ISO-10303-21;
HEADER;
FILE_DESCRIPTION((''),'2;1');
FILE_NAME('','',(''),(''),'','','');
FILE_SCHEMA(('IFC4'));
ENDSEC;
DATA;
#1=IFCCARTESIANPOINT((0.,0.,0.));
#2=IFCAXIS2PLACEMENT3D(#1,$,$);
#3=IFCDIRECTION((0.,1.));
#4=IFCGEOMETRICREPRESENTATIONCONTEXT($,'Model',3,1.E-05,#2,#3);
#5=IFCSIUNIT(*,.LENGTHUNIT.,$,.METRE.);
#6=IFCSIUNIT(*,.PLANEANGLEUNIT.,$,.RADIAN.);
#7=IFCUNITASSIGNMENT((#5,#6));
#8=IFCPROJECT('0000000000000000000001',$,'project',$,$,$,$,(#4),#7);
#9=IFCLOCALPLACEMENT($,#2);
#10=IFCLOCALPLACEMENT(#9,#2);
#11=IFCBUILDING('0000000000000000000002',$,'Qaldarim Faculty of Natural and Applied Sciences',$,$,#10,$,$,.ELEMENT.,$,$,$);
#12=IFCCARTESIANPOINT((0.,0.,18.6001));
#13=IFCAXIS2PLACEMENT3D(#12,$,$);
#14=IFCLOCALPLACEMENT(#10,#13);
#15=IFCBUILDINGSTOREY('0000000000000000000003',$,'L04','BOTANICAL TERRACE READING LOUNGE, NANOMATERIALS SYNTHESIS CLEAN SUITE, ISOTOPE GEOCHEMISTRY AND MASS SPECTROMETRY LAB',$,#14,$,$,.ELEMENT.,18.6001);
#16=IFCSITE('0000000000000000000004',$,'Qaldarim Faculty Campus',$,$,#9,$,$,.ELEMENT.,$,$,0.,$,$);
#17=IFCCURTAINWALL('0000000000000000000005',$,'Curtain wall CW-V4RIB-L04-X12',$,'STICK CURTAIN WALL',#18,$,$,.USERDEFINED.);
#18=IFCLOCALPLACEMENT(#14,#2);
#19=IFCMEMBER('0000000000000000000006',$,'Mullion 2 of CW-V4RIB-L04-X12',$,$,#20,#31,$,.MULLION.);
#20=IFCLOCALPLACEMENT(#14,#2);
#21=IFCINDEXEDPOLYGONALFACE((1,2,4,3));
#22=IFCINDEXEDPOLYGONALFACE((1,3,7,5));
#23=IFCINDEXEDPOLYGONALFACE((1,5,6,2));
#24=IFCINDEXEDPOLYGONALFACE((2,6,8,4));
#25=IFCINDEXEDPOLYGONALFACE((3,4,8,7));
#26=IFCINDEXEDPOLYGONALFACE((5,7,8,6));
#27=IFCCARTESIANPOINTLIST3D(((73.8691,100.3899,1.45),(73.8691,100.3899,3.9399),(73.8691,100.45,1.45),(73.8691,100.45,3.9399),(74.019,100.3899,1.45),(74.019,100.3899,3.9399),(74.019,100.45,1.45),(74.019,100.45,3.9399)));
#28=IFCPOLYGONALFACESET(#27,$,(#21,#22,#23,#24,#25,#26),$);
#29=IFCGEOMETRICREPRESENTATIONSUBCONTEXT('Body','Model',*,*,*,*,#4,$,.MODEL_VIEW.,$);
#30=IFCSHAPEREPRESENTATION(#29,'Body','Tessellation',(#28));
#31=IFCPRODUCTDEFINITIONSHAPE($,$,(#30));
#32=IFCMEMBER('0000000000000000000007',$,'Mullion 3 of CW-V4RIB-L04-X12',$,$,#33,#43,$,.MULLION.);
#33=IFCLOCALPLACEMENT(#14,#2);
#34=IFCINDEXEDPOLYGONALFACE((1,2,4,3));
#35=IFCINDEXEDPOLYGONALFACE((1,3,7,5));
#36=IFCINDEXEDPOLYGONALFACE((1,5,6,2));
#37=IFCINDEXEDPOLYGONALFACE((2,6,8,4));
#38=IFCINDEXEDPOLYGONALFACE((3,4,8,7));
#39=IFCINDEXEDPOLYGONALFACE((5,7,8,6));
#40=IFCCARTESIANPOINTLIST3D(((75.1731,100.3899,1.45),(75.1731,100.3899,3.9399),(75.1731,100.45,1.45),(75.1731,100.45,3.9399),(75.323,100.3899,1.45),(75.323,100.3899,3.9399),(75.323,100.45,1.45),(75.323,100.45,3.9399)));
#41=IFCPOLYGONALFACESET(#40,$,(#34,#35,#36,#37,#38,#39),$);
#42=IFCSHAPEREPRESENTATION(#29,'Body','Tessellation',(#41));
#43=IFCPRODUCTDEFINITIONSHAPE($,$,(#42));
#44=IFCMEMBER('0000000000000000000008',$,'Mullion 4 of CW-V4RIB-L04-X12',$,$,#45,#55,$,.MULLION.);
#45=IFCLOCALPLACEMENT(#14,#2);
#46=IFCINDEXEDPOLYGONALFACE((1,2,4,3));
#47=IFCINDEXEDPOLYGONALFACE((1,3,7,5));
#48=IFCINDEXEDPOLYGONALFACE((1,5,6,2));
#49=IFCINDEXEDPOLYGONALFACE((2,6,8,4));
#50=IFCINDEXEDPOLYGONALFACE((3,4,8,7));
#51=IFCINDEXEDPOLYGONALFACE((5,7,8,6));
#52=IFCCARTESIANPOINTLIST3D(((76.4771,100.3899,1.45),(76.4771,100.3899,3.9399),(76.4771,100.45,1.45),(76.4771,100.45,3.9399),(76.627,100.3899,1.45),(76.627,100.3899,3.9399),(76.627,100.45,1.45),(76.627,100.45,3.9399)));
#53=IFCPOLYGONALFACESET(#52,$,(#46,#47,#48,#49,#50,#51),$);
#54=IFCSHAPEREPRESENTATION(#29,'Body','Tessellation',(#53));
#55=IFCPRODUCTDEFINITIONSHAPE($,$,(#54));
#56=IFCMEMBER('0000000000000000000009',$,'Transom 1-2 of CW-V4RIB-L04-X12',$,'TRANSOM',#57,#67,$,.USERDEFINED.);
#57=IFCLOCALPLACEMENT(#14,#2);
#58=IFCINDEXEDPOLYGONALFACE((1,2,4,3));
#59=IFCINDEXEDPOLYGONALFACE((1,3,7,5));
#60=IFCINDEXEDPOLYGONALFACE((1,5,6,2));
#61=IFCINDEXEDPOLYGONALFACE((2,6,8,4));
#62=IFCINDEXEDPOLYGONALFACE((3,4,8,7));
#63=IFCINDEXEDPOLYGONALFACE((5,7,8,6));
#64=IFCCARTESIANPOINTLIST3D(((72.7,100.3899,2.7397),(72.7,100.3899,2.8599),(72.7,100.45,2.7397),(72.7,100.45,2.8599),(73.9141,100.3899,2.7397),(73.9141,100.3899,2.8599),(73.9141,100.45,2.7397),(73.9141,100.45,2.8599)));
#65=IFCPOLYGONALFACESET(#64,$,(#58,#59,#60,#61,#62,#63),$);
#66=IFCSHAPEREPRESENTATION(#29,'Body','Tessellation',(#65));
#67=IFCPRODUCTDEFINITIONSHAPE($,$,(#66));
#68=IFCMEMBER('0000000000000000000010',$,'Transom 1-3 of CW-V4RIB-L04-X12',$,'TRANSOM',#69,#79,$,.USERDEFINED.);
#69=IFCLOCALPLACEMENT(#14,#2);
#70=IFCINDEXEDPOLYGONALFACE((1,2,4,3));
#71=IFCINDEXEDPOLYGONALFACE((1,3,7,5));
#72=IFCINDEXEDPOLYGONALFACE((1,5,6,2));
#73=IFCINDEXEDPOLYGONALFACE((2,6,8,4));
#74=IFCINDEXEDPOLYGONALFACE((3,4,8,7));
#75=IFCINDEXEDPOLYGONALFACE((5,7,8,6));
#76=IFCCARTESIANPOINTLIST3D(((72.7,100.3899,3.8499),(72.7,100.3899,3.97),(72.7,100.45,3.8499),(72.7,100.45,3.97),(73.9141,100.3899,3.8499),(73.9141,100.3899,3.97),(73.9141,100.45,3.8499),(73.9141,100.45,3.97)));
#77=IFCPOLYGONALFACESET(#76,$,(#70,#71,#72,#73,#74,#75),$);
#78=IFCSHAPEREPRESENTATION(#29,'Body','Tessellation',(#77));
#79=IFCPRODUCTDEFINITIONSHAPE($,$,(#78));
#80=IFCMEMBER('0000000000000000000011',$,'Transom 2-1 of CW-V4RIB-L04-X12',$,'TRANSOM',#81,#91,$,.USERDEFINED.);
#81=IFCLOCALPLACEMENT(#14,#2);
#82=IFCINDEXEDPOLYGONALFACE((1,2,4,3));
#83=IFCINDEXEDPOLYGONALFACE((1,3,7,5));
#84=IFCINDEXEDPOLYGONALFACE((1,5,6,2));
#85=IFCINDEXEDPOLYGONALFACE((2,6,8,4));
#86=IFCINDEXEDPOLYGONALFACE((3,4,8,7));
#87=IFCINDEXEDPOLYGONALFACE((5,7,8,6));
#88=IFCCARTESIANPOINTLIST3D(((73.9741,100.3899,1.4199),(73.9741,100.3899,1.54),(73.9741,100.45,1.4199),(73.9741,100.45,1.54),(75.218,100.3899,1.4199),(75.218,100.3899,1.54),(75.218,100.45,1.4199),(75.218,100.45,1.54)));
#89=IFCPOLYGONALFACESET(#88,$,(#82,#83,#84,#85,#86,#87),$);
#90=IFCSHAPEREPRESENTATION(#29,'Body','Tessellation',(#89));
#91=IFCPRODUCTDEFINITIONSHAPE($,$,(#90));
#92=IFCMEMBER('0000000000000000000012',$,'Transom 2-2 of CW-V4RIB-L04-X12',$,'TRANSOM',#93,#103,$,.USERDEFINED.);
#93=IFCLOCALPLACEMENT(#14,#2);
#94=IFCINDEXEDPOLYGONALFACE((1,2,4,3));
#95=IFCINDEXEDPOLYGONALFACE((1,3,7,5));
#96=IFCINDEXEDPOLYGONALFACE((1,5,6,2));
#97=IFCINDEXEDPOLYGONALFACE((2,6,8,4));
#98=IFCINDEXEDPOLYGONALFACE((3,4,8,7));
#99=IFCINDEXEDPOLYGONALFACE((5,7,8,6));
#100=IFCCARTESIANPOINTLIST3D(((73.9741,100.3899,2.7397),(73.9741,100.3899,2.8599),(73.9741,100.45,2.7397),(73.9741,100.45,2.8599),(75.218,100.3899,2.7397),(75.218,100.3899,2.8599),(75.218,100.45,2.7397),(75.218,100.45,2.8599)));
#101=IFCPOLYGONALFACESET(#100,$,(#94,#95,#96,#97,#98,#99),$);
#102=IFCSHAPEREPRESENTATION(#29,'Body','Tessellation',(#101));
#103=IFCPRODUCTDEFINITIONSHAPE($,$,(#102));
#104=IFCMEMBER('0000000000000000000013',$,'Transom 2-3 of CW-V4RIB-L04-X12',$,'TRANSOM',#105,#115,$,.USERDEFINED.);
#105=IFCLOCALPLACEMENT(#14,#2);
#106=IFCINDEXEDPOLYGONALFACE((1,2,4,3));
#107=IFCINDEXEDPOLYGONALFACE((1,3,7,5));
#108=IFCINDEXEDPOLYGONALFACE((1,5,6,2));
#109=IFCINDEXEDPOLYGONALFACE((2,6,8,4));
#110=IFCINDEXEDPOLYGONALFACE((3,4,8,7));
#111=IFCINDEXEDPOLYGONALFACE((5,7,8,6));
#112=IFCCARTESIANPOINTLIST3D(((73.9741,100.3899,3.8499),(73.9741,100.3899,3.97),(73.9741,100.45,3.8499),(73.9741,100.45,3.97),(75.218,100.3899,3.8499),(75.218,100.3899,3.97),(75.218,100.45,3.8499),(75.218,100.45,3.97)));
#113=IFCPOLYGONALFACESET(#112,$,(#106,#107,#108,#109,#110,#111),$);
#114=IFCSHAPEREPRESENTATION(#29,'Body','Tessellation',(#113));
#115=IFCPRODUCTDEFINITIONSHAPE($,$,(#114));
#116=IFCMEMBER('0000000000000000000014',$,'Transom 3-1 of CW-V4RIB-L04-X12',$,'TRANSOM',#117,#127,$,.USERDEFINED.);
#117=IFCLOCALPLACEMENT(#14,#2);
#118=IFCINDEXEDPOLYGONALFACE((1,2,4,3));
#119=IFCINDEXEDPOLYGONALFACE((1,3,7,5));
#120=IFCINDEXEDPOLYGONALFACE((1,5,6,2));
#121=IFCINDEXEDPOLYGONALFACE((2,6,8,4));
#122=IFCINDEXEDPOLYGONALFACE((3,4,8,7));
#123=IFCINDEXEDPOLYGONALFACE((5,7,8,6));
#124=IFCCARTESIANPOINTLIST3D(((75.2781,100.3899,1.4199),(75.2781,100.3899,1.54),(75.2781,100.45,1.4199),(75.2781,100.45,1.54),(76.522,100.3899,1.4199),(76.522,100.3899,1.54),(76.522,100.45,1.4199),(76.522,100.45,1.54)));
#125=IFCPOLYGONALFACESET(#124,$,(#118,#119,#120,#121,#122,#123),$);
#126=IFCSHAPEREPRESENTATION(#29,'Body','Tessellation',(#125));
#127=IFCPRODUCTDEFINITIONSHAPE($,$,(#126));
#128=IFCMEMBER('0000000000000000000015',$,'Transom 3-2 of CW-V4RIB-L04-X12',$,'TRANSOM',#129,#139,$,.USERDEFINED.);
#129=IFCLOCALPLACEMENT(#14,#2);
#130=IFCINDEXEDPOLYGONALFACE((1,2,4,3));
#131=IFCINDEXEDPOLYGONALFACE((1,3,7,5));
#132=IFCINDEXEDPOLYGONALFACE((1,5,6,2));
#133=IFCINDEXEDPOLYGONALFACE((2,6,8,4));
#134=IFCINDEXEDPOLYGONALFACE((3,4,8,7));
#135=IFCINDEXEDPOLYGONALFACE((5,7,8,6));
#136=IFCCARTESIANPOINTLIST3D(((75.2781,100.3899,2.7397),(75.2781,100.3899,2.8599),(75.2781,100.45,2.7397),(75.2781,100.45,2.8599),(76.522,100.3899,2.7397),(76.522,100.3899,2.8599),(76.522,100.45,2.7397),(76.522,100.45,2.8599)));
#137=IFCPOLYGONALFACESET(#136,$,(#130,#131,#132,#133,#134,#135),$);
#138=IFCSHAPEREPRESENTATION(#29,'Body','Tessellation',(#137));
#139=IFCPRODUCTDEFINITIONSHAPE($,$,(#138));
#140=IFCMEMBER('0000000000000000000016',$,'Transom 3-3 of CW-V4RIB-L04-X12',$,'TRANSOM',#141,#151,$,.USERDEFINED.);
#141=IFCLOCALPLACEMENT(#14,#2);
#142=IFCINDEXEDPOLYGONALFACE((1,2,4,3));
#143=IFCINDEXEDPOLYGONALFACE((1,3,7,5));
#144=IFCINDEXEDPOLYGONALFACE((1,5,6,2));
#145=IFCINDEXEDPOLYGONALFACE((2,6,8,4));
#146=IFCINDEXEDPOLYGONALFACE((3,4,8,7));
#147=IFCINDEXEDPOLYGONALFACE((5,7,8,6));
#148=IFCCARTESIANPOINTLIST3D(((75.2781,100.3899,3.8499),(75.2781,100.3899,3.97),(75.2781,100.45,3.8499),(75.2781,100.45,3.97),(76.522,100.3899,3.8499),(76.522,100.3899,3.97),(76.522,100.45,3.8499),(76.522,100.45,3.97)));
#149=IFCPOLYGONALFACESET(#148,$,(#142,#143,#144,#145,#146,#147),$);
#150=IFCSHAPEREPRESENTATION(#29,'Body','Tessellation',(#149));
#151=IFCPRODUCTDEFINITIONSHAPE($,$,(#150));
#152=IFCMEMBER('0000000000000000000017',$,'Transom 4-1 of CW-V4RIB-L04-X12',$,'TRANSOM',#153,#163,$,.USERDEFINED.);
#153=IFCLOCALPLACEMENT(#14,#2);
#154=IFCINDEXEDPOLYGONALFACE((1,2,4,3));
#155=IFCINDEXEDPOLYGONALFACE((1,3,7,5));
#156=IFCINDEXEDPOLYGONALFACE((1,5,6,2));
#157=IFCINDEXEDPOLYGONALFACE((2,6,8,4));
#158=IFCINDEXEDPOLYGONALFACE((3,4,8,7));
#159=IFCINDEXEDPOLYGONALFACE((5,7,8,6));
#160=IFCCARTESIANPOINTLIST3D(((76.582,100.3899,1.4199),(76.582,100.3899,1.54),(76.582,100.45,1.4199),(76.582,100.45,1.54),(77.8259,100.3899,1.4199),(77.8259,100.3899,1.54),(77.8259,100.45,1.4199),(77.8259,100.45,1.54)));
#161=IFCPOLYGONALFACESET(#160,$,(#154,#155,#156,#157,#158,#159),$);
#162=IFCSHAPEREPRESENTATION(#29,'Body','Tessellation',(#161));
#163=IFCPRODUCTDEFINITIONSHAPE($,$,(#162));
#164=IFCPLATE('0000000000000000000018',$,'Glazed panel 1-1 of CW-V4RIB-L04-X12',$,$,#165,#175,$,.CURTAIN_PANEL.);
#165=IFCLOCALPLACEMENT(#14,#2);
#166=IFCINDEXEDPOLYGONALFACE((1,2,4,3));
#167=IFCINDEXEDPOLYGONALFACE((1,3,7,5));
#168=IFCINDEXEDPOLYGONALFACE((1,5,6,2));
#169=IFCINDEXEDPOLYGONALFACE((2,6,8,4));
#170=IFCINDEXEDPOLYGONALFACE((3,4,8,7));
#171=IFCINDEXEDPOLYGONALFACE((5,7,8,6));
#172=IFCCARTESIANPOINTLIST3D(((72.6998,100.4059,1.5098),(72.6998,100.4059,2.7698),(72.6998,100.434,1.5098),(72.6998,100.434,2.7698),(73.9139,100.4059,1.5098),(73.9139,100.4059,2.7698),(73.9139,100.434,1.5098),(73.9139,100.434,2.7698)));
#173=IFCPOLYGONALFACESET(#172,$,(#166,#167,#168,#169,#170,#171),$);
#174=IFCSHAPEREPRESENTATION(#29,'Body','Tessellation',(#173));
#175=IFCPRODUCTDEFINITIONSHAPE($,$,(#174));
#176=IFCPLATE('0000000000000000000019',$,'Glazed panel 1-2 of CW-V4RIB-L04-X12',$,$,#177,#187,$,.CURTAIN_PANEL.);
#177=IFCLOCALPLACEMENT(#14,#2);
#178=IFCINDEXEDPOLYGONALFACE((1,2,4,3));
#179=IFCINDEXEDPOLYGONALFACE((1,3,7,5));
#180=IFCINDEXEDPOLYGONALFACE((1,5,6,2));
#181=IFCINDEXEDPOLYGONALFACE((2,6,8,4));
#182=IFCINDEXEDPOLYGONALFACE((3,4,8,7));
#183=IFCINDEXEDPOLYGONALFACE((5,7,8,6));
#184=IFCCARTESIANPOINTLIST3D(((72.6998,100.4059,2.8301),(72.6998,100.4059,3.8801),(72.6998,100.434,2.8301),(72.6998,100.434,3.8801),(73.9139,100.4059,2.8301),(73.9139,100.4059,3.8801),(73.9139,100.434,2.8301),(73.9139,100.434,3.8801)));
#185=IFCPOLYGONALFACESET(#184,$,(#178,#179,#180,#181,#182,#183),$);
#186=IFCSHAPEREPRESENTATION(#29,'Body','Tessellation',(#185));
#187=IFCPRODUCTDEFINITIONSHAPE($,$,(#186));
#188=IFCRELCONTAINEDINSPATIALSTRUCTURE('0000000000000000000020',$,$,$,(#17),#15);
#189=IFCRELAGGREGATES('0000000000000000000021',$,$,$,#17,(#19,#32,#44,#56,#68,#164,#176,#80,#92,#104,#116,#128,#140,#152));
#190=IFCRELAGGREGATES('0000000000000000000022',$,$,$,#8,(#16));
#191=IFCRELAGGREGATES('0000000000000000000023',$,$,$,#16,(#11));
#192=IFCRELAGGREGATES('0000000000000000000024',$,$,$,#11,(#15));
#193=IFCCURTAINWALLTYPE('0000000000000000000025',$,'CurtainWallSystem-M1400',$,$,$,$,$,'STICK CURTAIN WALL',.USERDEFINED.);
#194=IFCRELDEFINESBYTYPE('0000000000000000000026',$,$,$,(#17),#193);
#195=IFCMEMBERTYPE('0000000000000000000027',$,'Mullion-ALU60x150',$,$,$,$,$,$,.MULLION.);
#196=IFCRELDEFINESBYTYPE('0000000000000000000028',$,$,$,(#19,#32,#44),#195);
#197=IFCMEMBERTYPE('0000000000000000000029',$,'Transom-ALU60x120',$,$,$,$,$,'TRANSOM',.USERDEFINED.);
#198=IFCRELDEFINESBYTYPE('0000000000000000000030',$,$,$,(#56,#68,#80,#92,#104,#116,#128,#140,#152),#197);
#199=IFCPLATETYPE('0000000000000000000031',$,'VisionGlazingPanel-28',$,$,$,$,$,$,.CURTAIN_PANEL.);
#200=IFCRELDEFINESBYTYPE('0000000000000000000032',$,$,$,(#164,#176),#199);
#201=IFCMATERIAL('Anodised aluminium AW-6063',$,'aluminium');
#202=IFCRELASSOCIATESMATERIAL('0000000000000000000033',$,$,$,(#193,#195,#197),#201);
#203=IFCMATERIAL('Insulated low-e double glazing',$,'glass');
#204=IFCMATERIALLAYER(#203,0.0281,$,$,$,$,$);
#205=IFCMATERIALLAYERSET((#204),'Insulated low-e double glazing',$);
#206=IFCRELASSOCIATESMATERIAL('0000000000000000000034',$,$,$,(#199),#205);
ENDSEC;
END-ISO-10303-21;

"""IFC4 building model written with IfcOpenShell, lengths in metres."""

from ifc_helpers import new_model, si_unit, direction, frame, origin, origin_2d, place, context, subcontext, project, spatial, rectangle, extrude, material, layer, layer_set, material_profile, profile_set, type_object, element, aggregate, save


model = new_model("IFC4")

# Units and contexts
model_context = context("Model", 3, precision=1e-05, world=origin(), true_north=direction((0.0, 1.0)))
body_context = subcontext(model_context, "Body", "Model", "MODEL_VIEW")
ifc_project = project(units=[si_unit("LENGTHUNIT", "METRE"), si_unit("PLANEANGLEUNIT", "RADIAN")], contexts=[model_context])

# Site, building, storey
site_placement = place(None, origin())
site = spatial("IfcSite", under=ifc_project, at=site_placement, Name="Qaldarim Faculty Campus", CompositionType="ELEMENT", RefElevation=0.0)
building_placement = place(site_placement, origin())
building = spatial("IfcBuilding", under=site, at=building_placement, Name="Qaldarim Faculty of Natural and Applied Sciences", CompositionType="ELEMENT")
storey_placement = place(building_placement, frame((0.0, 0.0, 18.6001)))
storey = spatial("IfcBuildingStorey", under=building, at=storey_placement, Name="L04", Description="BOTANICAL TERRACE READING LOUNGE, NANOMATERIALS SYNTHESIS CLEAN SUITE, ISOTOPE GEOCHEMISTRY AND MASS SPECTROMETRY LAB", CompositionType="ELEMENT", Elevation=18.6001)

# Curtain wall, members, plates
ifc_material_1 = material(Name="Anodised aluminium AW-6063", Category="aluminium")
curtain_wall_type = type_object("IfcCurtainWallType", Name="CurtainWallSystem-M1400", ElementType="STICK CURTAIN WALL", PredefinedType="USERDEFINED", material=ifc_material_1)
curtain_wall_placement = place(storey_placement, origin())
curtain_wall = element("IfcCurtainWall", 1, at=curtain_wall_placement, inside=storey, type_object=curtain_wall_type, Name="Curtain wall CW-V4RIB-L04-X12", ObjectType="STICK CURTAIN WALL", PredefinedType="USERDEFINED")
ifc_material_profile_1 = material_profile(ifc_material_1, rectangle(XDim=0.0601, YDim=0.1499, at=origin_2d()), Name="ALU-M60x150")
ifc_profile_set_1 = profile_set([ifc_material_profile_1], Name="Anodised aluminium AW-6063")
member_type_1 = type_object("IfcMemberType", Name="Mullion-ALU60x150", PredefinedType="MULLION", material=ifc_profile_set_1)
member_1_placement = place(storey_placement, frame((73.9441, 100.4199, 1.45), z_axis=(0.0, 0.0, 1.0), x_axis=(0.0, 1.0, 0.0)))
member_1 = element("IfcMember", 2, at=member_1_placement, type_object=member_type_1, Name="Mullion 2 of CW-V4RIB-L04-X12", PredefinedType="MULLION", context=body_context, shape_type="SweptSolid", body=[
    extrude(rectangle(XDim=0.0601, YDim=0.1499, at=origin_2d()), origin(), (0.0, 0.0, 1.0), 2.49),
])
member_2_placement = place(storey_placement, frame((75.248, 100.4199, 1.45), z_axis=(0.0, 0.0, 1.0), x_axis=(0.0, 1.0, 0.0)))
member_2 = element("IfcMember", 3, at=member_2_placement, type_object=member_type_1, Name="Mullion 3 of CW-V4RIB-L04-X12", PredefinedType="MULLION", context=body_context, shape_type="SweptSolid", body=[
    extrude(rectangle(XDim=0.0601, YDim=0.1499, at=origin_2d()), origin(), (0.0, 0.0, 1.0), 2.49),
])
member_3_placement = place(storey_placement, frame((76.552, 100.4199, 1.45), z_axis=(0.0, 0.0, 1.0), x_axis=(0.0, 1.0, 0.0)))
member_3 = element("IfcMember", 4, at=member_3_placement, type_object=member_type_1, Name="Mullion 4 of CW-V4RIB-L04-X12", PredefinedType="MULLION", context=body_context, shape_type="SweptSolid", body=[
    extrude(rectangle(XDim=0.0601, YDim=0.1499, at=origin_2d()), origin(), (0.0, 0.0, 1.0), 2.49),
])
ifc_material_profile_2 = material_profile(ifc_material_1, rectangle(XDim=0.0601, YDim=0.1201, at=origin_2d()), Name="ALU-T60x120")
ifc_profile_set_2 = profile_set([ifc_material_profile_2], Name="Anodised aluminium AW-6063")
member_type_2 = type_object("IfcMemberType", Name="Transom-ALU60x120", ElementType="TRANSOM", PredefinedType="USERDEFINED", material=ifc_profile_set_2)
member_4_placement = place(storey_placement, frame((72.7, 100.4199, 2.7998), z_axis=(1.0, 0.0, 0.0), x_axis=(0.0, 1.0, 0.0)))
member_4 = element("IfcMember", 5, at=member_4_placement, type_object=member_type_2, Name="Transom 1-2 of CW-V4RIB-L04-X12", ObjectType="TRANSOM", PredefinedType="USERDEFINED", context=body_context, shape_type="SweptSolid", body=[
    extrude(rectangle(XDim=0.0601, YDim=0.1201, at=origin_2d()), origin(), (0.0, 0.0, 1.0), 1.2141),
])
member_5_placement = place(storey_placement, frame((72.7, 100.4199, 3.9099), z_axis=(1.0, 0.0, 0.0), x_axis=(0.0, 1.0, 0.0)))
member_5 = element("IfcMember", 6, at=member_5_placement, type_object=member_type_2, Name="Transom 1-3 of CW-V4RIB-L04-X12", ObjectType="TRANSOM", PredefinedType="USERDEFINED", context=body_context, shape_type="SweptSolid", body=[
    extrude(rectangle(XDim=0.0601, YDim=0.1201, at=origin_2d()), origin(), (0.0, 0.0, 1.0), 1.2141),
])
member_6_placement = place(storey_placement, frame((73.9741, 100.4199, 1.48), z_axis=(1.0, 0.0, 0.0), x_axis=(0.0, 1.0, 0.0)))
member_6 = element("IfcMember", 7, at=member_6_placement, type_object=member_type_2, Name="Transom 2-1 of CW-V4RIB-L04-X12", ObjectType="TRANSOM", PredefinedType="USERDEFINED", context=body_context, shape_type="SweptSolid", body=[
    extrude(rectangle(XDim=0.0601, YDim=0.1201, at=origin_2d()), origin(), (0.0, 0.0, 1.0), 1.2439),
])
member_7_placement = place(storey_placement, frame((73.9741, 100.4199, 2.7998), z_axis=(1.0, 0.0, 0.0), x_axis=(0.0, 1.0, 0.0)))
member_7 = element("IfcMember", 8, at=member_7_placement, type_object=member_type_2, Name="Transom 2-2 of CW-V4RIB-L04-X12", ObjectType="TRANSOM", PredefinedType="USERDEFINED", context=body_context, shape_type="SweptSolid", body=[
    extrude(rectangle(XDim=0.0601, YDim=0.1201, at=origin_2d()), origin(), (0.0, 0.0, 1.0), 1.2439),
])
member_8_placement = place(storey_placement, frame((73.9741, 100.4199, 3.9099), z_axis=(1.0, 0.0, 0.0), x_axis=(0.0, 1.0, 0.0)))
member_8 = element("IfcMember", 9, at=member_8_placement, type_object=member_type_2, Name="Transom 2-3 of CW-V4RIB-L04-X12", ObjectType="TRANSOM", PredefinedType="USERDEFINED", context=body_context, shape_type="SweptSolid", body=[
    extrude(rectangle(XDim=0.0601, YDim=0.1201, at=origin_2d()), origin(), (0.0, 0.0, 1.0), 1.2439),
])
member_9_placement = place(storey_placement, frame((75.2781, 100.4199, 1.48), z_axis=(1.0, 0.0, 0.0), x_axis=(0.0, 1.0, 0.0)))
member_9 = element("IfcMember", 10, at=member_9_placement, type_object=member_type_2, Name="Transom 3-1 of CW-V4RIB-L04-X12", ObjectType="TRANSOM", PredefinedType="USERDEFINED", context=body_context, shape_type="SweptSolid", body=[
    extrude(rectangle(XDim=0.0601, YDim=0.1201, at=origin_2d()), origin(), (0.0, 0.0, 1.0), 1.2439),
])
member_10_placement = place(storey_placement, frame((75.2781, 100.4199, 2.7998), z_axis=(1.0, 0.0, 0.0), x_axis=(0.0, 1.0, 0.0)))
member_10 = element("IfcMember", 11, at=member_10_placement, type_object=member_type_2, Name="Transom 3-2 of CW-V4RIB-L04-X12", ObjectType="TRANSOM", PredefinedType="USERDEFINED", context=body_context, shape_type="SweptSolid", body=[
    extrude(rectangle(XDim=0.0601, YDim=0.1201, at=origin_2d()), origin(), (0.0, 0.0, 1.0), 1.2439),
])
member_11_placement = place(storey_placement, frame((75.2781, 100.4199, 3.9099), z_axis=(1.0, 0.0, 0.0), x_axis=(0.0, 1.0, 0.0)))
member_11 = element("IfcMember", 12, at=member_11_placement, type_object=member_type_2, Name="Transom 3-3 of CW-V4RIB-L04-X12", ObjectType="TRANSOM", PredefinedType="USERDEFINED", context=body_context, shape_type="SweptSolid", body=[
    extrude(rectangle(XDim=0.0601, YDim=0.1201, at=origin_2d()), origin(), (0.0, 0.0, 1.0), 1.2439),
])
member_12_placement = place(storey_placement, frame((76.582, 100.4199, 1.48), z_axis=(1.0, 0.0, 0.0), x_axis=(0.0, 1.0, 0.0)))
member_12 = element("IfcMember", 13, at=member_12_placement, type_object=member_type_2, Name="Transom 4-1 of CW-V4RIB-L04-X12", ObjectType="TRANSOM", PredefinedType="USERDEFINED", context=body_context, shape_type="SweptSolid", body=[
    extrude(rectangle(XDim=0.0601, YDim=0.1201, at=origin_2d()), origin(), (0.0, 0.0, 1.0), 1.2439),
])
ifc_material_2 = material(Name="Insulated low-e double glazing", Category="glass")
ifc_layer_1 = layer(ifc_material_2, 0.0281)
ifc_layer_set_1 = layer_set([ifc_layer_1], Name="Insulated low-e double glazing")
plate_type = type_object("IfcPlateType", Name="VisionGlazingPanel-28", PredefinedType="CURTAIN_PANEL", material=ifc_layer_set_1)
plate_1_placement = place(storey_placement, frame((73.3069, 100.4199, 1.5098), z_axis=(0.0, 0.0, 1.0), x_axis=(1.0, 0.0, 0.0)))
plate_1 = element("IfcPlate", 14, at=plate_1_placement, type_object=plate_type, Name="Glazed panel 1-1 of CW-V4RIB-L04-X12", PredefinedType="CURTAIN_PANEL", context=body_context, shape_type="SweptSolid", body=[
    extrude(rectangle(XDim=1.2141, YDim=0.0281, at=origin_2d()), origin(), (0.0, 0.0, 1.0), 1.26),
])
plate_2_placement = place(storey_placement, frame((73.3069, 100.4199, 2.8301), z_axis=(0.0, 0.0, 1.0), x_axis=(1.0, 0.0, 0.0)))
plate_2 = element("IfcPlate", 15, at=plate_2_placement, type_object=plate_type, Name="Glazed panel 1-2 of CW-V4RIB-L04-X12", PredefinedType="CURTAIN_PANEL", context=body_context, shape_type="SweptSolid", body=[
    extrude(rectangle(XDim=1.2141, YDim=0.0281, at=origin_2d()), origin(), (0.0, 0.0, 1.0), 1.05),
])
aggregate(curtain_wall, [member_1, member_2, member_3, member_4, member_5, plate_1, plate_2, member_6, member_7, member_8, member_9, member_10, member_11, member_12])

save(model, "model.ifc")
